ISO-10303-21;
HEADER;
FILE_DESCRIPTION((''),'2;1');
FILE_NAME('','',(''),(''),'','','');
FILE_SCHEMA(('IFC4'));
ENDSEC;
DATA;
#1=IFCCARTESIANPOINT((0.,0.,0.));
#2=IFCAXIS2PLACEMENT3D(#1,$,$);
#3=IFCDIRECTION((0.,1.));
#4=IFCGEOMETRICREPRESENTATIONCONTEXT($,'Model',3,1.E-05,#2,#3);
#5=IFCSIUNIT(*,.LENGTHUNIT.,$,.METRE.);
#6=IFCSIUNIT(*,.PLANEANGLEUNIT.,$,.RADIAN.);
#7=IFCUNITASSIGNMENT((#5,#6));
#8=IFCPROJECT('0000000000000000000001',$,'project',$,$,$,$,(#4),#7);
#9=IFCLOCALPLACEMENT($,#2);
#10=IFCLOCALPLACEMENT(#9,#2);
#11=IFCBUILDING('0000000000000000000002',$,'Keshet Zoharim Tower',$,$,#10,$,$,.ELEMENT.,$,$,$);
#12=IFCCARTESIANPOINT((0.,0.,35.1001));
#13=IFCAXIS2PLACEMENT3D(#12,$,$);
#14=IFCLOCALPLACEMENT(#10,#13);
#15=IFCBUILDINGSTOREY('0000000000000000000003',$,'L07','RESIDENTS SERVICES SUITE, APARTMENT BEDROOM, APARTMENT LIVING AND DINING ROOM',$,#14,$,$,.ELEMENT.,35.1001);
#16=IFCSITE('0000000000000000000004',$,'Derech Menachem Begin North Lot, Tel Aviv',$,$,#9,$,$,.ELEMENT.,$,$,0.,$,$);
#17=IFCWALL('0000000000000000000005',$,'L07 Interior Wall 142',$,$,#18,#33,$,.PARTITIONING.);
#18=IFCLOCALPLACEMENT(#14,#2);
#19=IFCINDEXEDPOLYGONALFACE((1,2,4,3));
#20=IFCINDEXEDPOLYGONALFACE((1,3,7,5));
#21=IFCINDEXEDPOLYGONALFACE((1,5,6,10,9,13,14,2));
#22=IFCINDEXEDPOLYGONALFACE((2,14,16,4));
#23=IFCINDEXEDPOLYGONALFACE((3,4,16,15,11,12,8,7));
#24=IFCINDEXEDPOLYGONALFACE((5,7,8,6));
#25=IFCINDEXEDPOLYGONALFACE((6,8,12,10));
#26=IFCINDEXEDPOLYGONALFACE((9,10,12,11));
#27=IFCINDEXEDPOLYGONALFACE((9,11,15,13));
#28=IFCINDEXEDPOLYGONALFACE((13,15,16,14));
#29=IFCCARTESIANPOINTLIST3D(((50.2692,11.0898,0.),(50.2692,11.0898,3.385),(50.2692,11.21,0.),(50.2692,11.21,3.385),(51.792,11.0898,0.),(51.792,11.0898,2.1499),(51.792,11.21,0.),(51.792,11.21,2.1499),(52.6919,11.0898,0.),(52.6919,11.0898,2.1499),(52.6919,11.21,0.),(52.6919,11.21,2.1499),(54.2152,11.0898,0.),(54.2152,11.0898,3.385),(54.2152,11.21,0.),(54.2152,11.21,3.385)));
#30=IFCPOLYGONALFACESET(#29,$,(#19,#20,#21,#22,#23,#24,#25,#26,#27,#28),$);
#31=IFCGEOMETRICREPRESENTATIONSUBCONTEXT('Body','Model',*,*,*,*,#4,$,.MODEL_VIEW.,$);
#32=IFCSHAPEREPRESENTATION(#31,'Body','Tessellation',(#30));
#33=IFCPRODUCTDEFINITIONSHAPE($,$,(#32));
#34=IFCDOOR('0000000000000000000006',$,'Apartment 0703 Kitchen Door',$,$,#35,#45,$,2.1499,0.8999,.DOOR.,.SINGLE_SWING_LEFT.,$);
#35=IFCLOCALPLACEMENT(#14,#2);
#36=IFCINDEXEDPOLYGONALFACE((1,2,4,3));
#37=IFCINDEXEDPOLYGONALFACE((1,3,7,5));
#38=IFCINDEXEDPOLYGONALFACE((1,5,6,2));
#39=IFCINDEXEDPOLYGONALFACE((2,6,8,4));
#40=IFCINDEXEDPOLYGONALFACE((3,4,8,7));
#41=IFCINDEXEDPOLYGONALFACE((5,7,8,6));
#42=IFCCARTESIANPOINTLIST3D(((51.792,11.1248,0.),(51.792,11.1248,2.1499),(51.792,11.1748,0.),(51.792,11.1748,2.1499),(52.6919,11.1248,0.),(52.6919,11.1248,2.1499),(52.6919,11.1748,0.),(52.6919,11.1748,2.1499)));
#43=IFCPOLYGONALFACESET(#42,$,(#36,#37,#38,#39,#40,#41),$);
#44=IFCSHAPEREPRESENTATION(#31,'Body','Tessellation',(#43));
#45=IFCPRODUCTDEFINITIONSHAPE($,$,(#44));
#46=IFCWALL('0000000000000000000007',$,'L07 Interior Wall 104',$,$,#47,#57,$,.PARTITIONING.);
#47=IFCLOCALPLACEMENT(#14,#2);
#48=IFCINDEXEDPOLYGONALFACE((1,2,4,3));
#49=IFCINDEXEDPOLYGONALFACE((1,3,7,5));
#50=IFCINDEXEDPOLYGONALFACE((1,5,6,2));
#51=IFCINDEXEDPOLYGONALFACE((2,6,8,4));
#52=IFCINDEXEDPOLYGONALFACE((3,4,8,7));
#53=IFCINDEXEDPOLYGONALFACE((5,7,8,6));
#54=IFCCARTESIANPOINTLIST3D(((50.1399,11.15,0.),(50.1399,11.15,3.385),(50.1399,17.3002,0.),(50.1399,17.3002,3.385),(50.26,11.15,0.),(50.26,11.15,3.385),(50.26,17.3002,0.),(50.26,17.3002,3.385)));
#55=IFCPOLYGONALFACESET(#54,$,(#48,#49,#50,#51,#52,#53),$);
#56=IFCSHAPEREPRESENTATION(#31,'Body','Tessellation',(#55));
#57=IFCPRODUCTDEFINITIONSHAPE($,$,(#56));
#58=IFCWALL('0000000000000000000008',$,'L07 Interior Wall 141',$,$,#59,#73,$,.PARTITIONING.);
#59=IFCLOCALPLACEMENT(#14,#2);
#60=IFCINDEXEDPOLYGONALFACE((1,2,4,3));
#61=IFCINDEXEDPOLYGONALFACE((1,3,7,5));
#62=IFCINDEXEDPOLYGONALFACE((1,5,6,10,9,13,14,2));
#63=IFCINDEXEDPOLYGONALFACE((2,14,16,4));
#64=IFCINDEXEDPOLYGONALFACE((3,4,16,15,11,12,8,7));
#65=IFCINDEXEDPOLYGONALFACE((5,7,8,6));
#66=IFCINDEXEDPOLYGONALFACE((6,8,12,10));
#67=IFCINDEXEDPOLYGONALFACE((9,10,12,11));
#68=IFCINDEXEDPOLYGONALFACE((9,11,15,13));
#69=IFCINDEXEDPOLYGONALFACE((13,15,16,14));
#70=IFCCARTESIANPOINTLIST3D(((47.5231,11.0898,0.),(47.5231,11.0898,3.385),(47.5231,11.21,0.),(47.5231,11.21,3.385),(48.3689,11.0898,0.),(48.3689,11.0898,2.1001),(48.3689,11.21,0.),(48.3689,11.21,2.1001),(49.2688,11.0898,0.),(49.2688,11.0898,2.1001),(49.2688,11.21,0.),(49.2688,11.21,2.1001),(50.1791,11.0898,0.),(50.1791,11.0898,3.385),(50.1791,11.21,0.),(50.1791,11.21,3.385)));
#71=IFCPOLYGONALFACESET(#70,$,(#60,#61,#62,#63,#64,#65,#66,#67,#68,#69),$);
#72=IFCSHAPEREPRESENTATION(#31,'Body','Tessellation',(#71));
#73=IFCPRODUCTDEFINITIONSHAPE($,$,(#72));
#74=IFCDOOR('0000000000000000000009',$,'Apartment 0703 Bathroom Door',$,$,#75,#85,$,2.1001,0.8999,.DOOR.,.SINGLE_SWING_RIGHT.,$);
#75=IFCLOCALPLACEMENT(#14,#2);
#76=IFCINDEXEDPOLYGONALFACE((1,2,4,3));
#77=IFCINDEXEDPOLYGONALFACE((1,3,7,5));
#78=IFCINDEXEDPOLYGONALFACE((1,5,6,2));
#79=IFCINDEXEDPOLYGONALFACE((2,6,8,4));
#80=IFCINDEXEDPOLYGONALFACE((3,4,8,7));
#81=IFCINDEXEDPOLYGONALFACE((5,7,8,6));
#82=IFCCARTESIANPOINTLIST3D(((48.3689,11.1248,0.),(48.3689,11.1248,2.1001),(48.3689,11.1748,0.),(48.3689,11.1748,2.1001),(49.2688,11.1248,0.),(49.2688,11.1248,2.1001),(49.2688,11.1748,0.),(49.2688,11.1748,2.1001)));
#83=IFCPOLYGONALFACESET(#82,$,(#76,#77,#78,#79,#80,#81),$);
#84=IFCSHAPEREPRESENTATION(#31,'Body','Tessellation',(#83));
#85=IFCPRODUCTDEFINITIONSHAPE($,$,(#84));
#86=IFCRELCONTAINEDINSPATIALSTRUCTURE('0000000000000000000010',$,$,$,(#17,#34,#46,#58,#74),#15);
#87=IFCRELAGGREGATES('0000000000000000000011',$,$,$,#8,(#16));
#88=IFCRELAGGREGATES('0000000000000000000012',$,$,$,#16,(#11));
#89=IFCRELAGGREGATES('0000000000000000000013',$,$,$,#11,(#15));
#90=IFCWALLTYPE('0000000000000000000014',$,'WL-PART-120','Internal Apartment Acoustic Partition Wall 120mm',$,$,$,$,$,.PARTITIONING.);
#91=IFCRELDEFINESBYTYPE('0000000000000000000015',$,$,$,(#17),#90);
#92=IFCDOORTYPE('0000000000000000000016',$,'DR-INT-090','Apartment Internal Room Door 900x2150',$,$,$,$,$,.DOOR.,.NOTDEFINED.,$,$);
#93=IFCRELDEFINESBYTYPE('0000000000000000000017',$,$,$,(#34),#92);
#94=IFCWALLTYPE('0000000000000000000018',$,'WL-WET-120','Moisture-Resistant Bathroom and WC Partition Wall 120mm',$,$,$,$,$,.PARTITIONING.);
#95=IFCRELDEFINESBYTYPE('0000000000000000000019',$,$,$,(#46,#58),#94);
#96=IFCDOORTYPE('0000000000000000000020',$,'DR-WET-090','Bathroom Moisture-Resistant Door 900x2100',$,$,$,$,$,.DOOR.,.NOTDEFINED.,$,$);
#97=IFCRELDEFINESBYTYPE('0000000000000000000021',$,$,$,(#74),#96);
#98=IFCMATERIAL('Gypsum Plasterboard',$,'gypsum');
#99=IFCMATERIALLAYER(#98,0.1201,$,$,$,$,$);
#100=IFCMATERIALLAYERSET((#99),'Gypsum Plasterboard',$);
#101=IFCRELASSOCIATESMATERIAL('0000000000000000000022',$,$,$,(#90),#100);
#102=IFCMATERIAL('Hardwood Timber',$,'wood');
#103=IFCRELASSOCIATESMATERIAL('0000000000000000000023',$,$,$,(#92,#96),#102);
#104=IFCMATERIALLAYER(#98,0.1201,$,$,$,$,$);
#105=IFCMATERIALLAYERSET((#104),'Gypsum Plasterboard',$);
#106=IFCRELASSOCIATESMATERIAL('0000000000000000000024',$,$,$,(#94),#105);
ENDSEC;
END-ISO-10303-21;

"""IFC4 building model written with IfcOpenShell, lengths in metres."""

from ifc_helpers import new_model, si_unit, direction, frame, frame_2d, origin, place, context, subcontext, project, spatial, rectangle, extrude, material, layer, layer_set, type_object, element, fill, save


model = new_model("IFC4")

# Units and contexts
model_context = context("Model", 3, precision=1e-05, world=origin(), true_north=direction((0.0, 1.0)))
body_context = subcontext(model_context, "Body", "Model", "MODEL_VIEW")
ifc_project = project(units=[si_unit("LENGTHUNIT", "METRE"), si_unit("PLANEANGLEUNIT", "RADIAN")], contexts=[model_context])

# Site, building, storey
site_placement = place(None, origin())
site = spatial("IfcSite", under=ifc_project, at=site_placement, Name="Derech Menachem Begin North Lot, Tel Aviv", CompositionType="ELEMENT", RefElevation=0.0)
building_placement = place(site_placement, origin())
building = spatial("IfcBuilding", under=site, at=building_placement, Name="Keshet Zoharim Tower", CompositionType="ELEMENT")
storey_placement = place(building_placement, frame((0.0, 0.0, 35.1001)))
storey = spatial("IfcBuildingStorey", under=building, at=storey_placement, Name="L07", Description="RESIDENTS SERVICES SUITE, APARTMENT BEDROOM, APARTMENT LIVING AND DINING ROOM", CompositionType="ELEMENT", Elevation=35.1001)

# Shared definitions
ifc_material_1 = material(Name="Gypsum Plasterboard", Category="gypsum")

# Shared definitions
ifc_material_2 = material(Name="Hardwood Timber", Category="wood")

# Shared definitions
ifc_layer_1 = layer(ifc_material_1, 0.1201)
ifc_layer_set_1 = layer_set([ifc_layer_1], Name="Gypsum Plasterboard")
wall_type_1 = type_object("IfcWallType", Name="WL-PART-120", Description="Internal Apartment Acoustic Partition Wall 120mm", PredefinedType="PARTITIONING", material=ifc_layer_set_1)

# Shared definitions
door_type_1 = type_object("IfcDoorType", Name="DR-INT-090", Description="Apartment Internal Room Door 900x2150", OperationType="NOTDEFINED", PredefinedType="DOOR", material=ifc_material_2)

# Wall, opening, door
wall_1_placement = place(storey_placement, frame((50.269, 11.1499, 0.0), z_axis=(0.0, 0.0, 1.0), x_axis=(1.0, 0.0, 0.0)))
wall_1 = element("IfcWall", 1, at=wall_1_placement, inside=storey, type_object=wall_type_1, Name="L07 Interior Wall 142", PredefinedType="PARTITIONING", context=body_context, shape_type="SweptSolid", body=[
    extrude(rectangle(XDim=3.946, YDim=0.1201, at=frame_2d((1.9731, 0.0))), origin(), (0.0, 0.0, 1.0), 3.385),
])
opening_1_placement = place(wall_1_placement, frame((1.5229, 0.0, 0.0)))
opening_1 = element("IfcOpeningElement", 2, at=opening_1_placement, cuts=wall_1, PredefinedType="OPENING", context=body_context, shape_type="SweptSolid", body=[
    extrude(rectangle(XDim=0.8999, YDim=2.1499, at=frame_2d((0.45, 1.075))), frame((0.0, 0.0701, 0.0), z_axis=(0.0, -1.0, 0.0), x_axis=(1.0, 0.0, 0.0)), (0.0, 0.0, 1.0), 0.1401),
])
door_1_placement = place(opening_1_placement, origin())
door_1 = element("IfcDoor", 3, at=door_1_placement, inside=storey, type_object=door_type_1, Name="Apartment 0703 Kitchen Door", OperationType="SINGLE_SWING_LEFT", OverallHeight=2.1499, OverallWidth=0.8999, PredefinedType="DOOR", context=body_context, shape_type="SweptSolid", body=[
    extrude(rectangle(XDim=0.8999, YDim=2.1499, at=frame_2d((0.45, 1.075))), frame((0.0, 0.0249, 0.0), z_axis=(0.0, -1.0, 0.0), x_axis=(1.0, 0.0, 0.0)), (0.0, 0.0, 1.0), 0.05),
])
fill(opening_1, door_1)

# Wall
ifc_layer_2 = layer(ifc_material_1, 0.1201)
ifc_layer_set_2 = layer_set([ifc_layer_2], Name="Gypsum Plasterboard")
wall_type_2 = type_object("IfcWallType", Name="WL-WET-120", Description="Moisture-Resistant Bathroom and WC Partition Wall 120mm", PredefinedType="PARTITIONING", material=ifc_layer_set_2)
wall_2_placement = place(storey_placement, frame((50.2, 11.1499, 0.0), z_axis=(0.0, 0.0, 1.0), x_axis=(0.0, 1.0, 0.0)))
element("IfcWall", 4, at=wall_2_placement, inside=storey, type_object=wall_type_2, Name="L07 Interior Wall 104", PredefinedType="PARTITIONING", context=body_context, shape_type="SweptSolid", body=[
    extrude(rectangle(XDim=6.1501, YDim=0.1201, at=frame_2d((3.0752, 0.0))), origin(), (0.0, 0.0, 1.0), 3.385),
])

# Wall, opening, door
wall_3_placement = place(storey_placement, frame((47.5229, 11.1499, 0.0), z_axis=(0.0, 0.0, 1.0), x_axis=(1.0, 0.0, 0.0)))
wall_3 = element("IfcWall", 5, at=wall_3_placement, inside=storey, type_object=wall_type_2, Name="L07 Interior Wall 141", PredefinedType="PARTITIONING", context=body_context, shape_type="SweptSolid", body=[
    extrude(rectangle(XDim=2.656, YDim=0.1201, at=frame_2d((1.3281, 0.0))), origin(), (0.0, 0.0, 1.0), 3.385),
])
opening_2_placement = place(wall_3_placement, frame((0.8459, 0.0, 0.0)))
opening_2 = element("IfcOpeningElement", 6, at=opening_2_placement, cuts=wall_3, PredefinedType="OPENING", context=body_context, shape_type="SweptSolid", body=[
    extrude(rectangle(XDim=0.8999, YDim=2.1001, at=frame_2d((0.45, 1.05))), frame((0.0, 0.0701, 0.0), z_axis=(0.0, -1.0, 0.0), x_axis=(1.0, 0.0, 0.0)), (0.0, 0.0, 1.0), 0.1401),
])
door_type_2 = type_object("IfcDoorType", Name="DR-WET-090", Description="Bathroom Moisture-Resistant Door 900x2100", OperationType="NOTDEFINED", PredefinedType="DOOR", material=ifc_material_2)
door_2_placement = place(opening_2_placement, origin())
door_2 = element("IfcDoor", 7, at=door_2_placement, inside=storey, type_object=door_type_2, Name="Apartment 0703 Bathroom Door", OperationType="SINGLE_SWING_RIGHT", OverallHeight=2.1001, OverallWidth=0.8999, PredefinedType="DOOR", context=body_context, shape_type="SweptSolid", body=[
    extrude(rectangle(XDim=0.8999, YDim=2.1001, at=frame_2d((0.45, 1.05))), frame((0.0, 0.0249, 0.0), z_axis=(0.0, -1.0, 0.0), x_axis=(1.0, 0.0, 0.0)), (0.0, 0.0, 1.0), 0.05),
])
fill(opening_2, door_2)

save(model, "model.ifc")
